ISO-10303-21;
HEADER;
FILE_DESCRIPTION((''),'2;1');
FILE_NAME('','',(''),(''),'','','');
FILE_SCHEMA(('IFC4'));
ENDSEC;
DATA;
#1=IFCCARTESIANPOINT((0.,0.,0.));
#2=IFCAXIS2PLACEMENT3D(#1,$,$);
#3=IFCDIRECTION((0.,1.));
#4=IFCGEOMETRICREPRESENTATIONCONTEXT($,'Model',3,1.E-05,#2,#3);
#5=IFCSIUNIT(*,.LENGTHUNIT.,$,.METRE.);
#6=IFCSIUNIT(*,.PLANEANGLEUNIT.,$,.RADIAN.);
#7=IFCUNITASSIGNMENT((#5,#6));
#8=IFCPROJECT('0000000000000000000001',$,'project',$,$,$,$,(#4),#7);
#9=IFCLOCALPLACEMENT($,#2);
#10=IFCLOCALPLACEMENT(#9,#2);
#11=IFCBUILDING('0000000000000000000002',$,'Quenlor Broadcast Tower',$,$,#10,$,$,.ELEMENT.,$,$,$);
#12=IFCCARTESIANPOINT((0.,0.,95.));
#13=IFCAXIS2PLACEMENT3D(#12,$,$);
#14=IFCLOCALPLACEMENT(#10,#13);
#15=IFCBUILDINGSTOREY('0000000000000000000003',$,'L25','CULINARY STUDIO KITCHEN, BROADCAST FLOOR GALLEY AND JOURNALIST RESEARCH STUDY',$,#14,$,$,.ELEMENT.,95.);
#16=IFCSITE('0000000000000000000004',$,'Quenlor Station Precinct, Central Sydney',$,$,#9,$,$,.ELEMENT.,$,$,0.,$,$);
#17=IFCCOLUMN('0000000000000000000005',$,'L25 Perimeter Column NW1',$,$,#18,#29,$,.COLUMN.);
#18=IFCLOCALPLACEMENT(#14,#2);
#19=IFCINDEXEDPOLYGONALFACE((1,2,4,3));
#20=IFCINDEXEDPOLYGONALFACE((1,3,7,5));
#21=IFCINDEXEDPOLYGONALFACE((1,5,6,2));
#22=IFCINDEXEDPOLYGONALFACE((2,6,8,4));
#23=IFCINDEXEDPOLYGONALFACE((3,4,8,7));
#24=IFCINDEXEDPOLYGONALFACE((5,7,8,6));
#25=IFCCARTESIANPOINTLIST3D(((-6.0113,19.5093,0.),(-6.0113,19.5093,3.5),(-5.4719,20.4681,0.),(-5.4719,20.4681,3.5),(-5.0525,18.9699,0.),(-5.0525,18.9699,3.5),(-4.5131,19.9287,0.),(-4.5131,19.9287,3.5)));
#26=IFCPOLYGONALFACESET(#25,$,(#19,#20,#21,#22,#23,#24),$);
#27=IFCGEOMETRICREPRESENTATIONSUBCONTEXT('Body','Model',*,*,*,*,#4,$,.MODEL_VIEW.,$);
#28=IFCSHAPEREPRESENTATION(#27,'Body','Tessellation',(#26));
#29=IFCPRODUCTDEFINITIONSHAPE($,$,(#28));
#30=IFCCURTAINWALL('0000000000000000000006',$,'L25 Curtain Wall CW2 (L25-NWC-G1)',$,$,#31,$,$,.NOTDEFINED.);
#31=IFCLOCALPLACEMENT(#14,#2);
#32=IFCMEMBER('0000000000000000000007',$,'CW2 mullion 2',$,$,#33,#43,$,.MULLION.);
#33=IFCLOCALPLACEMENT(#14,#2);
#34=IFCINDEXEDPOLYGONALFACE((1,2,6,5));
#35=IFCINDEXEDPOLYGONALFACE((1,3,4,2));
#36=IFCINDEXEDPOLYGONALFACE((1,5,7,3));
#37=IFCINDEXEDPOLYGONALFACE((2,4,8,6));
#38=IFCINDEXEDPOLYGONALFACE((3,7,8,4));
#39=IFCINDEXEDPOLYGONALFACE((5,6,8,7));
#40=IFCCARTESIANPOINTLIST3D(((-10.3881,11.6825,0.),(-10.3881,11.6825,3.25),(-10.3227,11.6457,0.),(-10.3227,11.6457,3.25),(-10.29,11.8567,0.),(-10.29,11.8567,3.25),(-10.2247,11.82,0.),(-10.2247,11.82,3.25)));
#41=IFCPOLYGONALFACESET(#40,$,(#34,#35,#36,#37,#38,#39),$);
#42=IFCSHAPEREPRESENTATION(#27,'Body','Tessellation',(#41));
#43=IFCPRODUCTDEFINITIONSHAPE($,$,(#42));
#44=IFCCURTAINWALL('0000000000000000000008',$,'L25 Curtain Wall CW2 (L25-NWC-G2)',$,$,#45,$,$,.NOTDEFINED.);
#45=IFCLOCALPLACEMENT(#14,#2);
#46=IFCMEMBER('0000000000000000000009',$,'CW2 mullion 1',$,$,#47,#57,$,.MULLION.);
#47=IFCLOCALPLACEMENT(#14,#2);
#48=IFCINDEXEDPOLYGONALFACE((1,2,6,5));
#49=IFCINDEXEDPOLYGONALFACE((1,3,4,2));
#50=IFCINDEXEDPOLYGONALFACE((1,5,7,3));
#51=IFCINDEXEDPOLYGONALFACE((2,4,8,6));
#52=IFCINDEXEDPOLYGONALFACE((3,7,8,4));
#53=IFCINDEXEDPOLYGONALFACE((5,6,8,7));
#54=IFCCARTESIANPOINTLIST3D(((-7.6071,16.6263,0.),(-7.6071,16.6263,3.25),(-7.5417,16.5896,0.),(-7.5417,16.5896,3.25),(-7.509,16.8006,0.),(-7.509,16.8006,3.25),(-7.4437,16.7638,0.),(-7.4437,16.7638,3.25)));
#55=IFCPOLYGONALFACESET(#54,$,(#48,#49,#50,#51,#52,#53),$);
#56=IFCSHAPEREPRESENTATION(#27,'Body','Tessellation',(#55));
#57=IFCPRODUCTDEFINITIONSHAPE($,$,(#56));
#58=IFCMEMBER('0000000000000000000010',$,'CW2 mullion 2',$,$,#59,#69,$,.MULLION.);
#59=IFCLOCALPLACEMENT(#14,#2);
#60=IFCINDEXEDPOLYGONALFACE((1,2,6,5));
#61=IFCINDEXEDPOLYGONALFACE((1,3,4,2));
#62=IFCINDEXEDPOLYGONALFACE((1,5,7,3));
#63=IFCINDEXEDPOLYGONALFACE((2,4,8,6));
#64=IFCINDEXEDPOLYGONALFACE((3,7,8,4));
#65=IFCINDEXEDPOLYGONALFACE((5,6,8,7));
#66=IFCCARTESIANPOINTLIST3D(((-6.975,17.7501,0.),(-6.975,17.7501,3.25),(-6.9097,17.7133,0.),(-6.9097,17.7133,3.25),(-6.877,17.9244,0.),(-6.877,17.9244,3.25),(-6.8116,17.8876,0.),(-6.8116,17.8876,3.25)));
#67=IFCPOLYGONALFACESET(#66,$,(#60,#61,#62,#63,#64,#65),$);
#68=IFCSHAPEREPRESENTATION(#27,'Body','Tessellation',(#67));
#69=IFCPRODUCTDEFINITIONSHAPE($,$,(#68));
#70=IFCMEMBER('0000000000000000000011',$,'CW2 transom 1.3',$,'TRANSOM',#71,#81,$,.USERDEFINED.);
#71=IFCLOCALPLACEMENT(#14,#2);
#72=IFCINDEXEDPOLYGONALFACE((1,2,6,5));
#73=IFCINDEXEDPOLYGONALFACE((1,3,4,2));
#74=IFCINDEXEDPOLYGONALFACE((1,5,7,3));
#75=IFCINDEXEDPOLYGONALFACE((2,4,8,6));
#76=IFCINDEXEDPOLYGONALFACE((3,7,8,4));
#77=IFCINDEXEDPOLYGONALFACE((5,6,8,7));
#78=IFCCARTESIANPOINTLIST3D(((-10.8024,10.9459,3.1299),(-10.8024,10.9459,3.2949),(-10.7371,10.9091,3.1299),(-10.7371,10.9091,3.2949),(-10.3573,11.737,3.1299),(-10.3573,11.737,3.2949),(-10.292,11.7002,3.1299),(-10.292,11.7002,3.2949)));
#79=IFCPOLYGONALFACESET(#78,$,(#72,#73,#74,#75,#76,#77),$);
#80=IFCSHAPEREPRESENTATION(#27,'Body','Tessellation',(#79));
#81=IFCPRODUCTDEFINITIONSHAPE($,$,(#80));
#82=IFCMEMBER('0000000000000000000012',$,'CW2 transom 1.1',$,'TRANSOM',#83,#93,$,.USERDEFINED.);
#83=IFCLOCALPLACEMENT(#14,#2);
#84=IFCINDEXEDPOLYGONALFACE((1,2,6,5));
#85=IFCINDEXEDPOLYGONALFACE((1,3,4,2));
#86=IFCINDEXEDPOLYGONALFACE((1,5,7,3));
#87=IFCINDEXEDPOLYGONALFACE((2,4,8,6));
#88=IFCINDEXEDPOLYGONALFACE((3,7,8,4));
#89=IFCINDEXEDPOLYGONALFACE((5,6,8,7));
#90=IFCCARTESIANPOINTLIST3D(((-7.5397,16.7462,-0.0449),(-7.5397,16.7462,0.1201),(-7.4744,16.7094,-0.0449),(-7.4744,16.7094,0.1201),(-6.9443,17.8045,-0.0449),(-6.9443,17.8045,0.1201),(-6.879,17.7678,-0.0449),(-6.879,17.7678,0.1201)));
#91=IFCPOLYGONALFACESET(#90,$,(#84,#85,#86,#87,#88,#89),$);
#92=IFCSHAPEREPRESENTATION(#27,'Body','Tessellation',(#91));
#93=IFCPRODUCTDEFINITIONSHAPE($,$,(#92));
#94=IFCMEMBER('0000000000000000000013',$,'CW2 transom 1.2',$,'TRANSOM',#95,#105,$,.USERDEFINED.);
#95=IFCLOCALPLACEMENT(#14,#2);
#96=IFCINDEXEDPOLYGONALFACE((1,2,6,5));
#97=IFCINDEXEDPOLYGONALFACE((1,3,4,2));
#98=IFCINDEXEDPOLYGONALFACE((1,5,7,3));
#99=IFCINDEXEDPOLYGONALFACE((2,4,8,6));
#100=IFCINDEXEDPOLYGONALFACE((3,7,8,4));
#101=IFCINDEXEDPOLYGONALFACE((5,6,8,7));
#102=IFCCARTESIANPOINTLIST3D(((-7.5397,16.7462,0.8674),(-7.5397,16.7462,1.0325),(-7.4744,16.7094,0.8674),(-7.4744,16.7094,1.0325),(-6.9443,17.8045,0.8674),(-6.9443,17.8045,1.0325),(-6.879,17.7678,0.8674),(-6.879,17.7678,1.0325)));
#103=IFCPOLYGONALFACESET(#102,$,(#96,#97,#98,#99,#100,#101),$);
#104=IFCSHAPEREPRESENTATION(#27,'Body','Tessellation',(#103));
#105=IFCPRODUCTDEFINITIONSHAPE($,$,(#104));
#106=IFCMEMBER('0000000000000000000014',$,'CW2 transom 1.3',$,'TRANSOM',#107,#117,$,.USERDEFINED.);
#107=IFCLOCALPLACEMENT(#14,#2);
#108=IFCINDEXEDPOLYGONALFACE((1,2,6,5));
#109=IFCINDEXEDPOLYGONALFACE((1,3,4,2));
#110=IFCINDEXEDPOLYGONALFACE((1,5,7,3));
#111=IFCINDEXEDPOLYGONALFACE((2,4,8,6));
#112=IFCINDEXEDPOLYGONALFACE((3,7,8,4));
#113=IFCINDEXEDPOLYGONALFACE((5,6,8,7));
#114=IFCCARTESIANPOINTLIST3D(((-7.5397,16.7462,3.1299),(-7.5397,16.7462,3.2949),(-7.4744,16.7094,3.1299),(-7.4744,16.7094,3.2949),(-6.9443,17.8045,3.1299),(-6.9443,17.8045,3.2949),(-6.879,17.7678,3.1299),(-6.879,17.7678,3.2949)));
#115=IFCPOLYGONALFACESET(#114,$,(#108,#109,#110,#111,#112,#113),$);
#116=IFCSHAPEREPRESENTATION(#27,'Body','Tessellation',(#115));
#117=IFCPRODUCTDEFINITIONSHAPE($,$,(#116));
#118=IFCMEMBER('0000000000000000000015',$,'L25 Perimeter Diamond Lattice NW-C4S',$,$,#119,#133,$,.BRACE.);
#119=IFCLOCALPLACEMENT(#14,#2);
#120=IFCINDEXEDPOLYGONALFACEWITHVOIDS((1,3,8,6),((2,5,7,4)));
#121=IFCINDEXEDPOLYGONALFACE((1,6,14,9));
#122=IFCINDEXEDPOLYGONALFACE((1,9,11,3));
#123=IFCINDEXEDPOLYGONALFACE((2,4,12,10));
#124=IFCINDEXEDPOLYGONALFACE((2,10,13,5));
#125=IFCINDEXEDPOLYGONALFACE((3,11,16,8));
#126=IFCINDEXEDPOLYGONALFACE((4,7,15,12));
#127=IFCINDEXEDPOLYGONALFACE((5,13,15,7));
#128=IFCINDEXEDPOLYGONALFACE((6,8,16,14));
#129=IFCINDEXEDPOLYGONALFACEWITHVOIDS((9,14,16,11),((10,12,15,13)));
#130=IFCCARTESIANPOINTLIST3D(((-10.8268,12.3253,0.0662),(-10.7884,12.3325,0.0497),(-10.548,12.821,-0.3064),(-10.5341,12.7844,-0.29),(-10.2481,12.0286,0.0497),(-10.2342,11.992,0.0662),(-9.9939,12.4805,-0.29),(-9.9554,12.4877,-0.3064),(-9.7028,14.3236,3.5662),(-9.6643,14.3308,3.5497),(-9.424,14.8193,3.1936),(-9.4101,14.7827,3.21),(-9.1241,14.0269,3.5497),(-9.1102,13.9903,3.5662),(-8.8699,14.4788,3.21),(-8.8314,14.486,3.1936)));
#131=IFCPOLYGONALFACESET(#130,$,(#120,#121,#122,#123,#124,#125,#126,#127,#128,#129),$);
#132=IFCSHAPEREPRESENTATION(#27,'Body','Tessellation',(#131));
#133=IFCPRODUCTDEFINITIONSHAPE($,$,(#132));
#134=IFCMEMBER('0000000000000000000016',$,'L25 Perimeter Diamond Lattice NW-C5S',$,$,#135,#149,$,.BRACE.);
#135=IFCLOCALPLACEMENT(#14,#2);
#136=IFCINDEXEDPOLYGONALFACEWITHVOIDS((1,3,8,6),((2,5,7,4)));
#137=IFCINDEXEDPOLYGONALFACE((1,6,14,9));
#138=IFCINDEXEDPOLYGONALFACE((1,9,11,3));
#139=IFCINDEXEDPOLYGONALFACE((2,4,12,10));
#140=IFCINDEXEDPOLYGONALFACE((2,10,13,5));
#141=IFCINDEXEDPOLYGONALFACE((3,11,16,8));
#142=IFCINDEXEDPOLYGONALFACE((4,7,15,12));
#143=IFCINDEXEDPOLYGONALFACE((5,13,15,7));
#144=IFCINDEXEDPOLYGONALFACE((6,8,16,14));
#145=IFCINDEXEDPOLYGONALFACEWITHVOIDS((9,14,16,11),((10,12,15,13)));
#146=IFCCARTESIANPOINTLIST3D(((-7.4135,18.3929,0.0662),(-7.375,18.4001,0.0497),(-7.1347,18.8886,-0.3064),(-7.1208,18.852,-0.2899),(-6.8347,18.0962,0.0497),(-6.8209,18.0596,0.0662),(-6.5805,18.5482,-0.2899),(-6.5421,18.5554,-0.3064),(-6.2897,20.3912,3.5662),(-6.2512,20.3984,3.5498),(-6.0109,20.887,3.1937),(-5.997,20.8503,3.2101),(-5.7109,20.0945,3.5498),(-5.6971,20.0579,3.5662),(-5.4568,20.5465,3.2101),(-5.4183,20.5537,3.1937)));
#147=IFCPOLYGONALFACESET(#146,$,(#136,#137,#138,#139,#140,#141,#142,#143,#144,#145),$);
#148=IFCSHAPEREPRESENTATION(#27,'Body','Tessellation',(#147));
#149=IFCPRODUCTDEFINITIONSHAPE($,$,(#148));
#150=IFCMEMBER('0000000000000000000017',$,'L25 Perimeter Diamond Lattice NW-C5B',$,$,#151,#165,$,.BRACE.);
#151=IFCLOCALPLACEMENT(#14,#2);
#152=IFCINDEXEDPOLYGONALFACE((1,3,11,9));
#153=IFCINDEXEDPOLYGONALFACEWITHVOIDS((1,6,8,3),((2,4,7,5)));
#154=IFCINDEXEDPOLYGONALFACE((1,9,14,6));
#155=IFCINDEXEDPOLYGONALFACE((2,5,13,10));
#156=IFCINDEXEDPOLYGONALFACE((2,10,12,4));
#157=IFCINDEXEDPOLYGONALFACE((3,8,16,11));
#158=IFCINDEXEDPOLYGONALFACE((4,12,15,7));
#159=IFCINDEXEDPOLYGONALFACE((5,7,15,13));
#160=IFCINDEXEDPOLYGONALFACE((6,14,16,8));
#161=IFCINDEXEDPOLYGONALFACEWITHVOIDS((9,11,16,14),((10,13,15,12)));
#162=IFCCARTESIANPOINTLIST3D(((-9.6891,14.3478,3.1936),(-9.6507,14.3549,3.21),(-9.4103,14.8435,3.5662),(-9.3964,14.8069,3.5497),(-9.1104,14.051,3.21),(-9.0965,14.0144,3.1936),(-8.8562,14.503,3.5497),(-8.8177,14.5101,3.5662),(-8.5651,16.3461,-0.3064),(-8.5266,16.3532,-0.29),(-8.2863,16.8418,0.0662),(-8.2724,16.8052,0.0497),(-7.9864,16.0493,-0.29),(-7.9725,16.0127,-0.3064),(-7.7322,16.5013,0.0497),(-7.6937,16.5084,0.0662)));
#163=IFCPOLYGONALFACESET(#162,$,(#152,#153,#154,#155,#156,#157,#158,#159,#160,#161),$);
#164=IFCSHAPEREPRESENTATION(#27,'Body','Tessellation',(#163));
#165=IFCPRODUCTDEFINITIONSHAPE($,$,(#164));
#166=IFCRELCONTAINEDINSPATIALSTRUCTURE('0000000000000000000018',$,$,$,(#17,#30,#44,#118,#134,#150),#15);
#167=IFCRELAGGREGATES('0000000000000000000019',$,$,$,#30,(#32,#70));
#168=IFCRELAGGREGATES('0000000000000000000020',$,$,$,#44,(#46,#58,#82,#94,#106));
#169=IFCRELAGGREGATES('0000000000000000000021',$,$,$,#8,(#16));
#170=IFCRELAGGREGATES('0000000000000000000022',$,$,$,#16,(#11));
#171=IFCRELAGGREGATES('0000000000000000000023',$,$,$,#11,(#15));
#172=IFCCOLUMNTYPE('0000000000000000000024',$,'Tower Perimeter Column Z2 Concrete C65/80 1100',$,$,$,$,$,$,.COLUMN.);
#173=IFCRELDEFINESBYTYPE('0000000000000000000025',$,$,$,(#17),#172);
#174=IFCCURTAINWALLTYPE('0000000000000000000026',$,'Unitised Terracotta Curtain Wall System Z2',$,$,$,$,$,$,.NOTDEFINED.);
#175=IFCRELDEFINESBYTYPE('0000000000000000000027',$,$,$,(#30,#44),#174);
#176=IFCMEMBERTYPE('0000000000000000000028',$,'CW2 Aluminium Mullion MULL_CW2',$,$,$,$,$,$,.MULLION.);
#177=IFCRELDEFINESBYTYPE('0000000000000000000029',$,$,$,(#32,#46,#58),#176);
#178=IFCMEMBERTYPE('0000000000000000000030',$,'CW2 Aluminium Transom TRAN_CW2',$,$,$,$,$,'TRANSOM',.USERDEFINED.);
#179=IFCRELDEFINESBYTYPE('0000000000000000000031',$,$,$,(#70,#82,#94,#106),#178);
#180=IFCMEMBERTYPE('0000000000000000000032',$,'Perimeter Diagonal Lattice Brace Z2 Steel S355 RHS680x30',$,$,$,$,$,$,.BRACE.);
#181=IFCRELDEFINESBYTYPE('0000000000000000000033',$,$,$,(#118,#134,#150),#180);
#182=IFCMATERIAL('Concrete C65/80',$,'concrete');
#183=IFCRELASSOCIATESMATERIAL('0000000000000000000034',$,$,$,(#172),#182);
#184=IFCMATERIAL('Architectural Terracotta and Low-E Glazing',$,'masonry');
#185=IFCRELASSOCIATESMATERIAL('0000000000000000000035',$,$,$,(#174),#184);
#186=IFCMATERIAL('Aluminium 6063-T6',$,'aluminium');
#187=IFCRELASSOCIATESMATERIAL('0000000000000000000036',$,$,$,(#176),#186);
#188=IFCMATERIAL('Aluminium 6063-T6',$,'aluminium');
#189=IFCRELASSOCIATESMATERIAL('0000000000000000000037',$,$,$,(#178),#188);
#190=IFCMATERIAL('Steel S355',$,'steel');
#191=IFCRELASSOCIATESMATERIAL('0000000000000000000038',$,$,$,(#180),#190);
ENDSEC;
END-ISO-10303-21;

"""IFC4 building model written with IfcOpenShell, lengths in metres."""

from ifc_helpers import new_model, si_unit, direction, frame, origin, origin_2d, place, context, subcontext, project, spatial, rectangle, hollow_rectangle, extrude, material, material_profile, profile_set, type_object, element, aggregate, save


model = new_model("IFC4")

# Units and contexts
model_context = context("Model", 3, precision=1e-05, world=origin(), true_north=direction((0.0, 1.0)))
body_context = subcontext(model_context, "Body", "Model", "MODEL_VIEW")
ifc_project = project(units=[si_unit("LENGTHUNIT", "METRE"), si_unit("PLANEANGLEUNIT", "RADIAN")], contexts=[model_context])

# Site, building, storey
site_placement = place(None, origin())
site = spatial("IfcSite", under=ifc_project, at=site_placement, Name="Quenlor Station Precinct, Central Sydney", CompositionType="ELEMENT", RefElevation=0.0)
building_placement = place(site_placement, origin())
building = spatial("IfcBuilding", under=site, at=building_placement, Name="Quenlor Broadcast Tower", CompositionType="ELEMENT")
storey_placement = place(building_placement, frame((0.0, 0.0, 95.0)))
storey = spatial("IfcBuildingStorey", under=building, at=storey_placement, Name="L25", Description="CULINARY STUDIO KITCHEN, BROADCAST FLOOR GALLEY AND JOURNALIST RESEARCH STUDY", CompositionType="ELEMENT", Elevation=95.0)

# Column
ifc_material_1 = material(Name="Concrete C65/80", Category="concrete")
ifc_material_profile_1 = material_profile(ifc_material_1, rectangle(XDim=1.1001, YDim=1.1001, at=origin_2d()))
ifc_profile_set_1 = profile_set([ifc_material_profile_1], Name="Concrete C65/80 RC1100x1100")
column_type = type_object("IfcColumnType", Name="Tower Perimeter Column Z2 Concrete C65/80 1100", PredefinedType="COLUMN", material=ifc_profile_set_1)
column_placement = place(storey_placement, frame((-5.2622, 19.719, 0.0), z_axis=(0.0, 0.0, 1.0), x_axis=(-0.871575, 0.490262, 0.0)))
element("IfcColumn", 1, at=column_placement, inside=storey, type_object=column_type, Name="L25 Perimeter Column NW1", PredefinedType="COLUMN", context=body_context, shape_type="SweptSolid", body=[
    extrude(rectangle(XDim=1.1001, YDim=1.1001, at=origin_2d()), origin(), (0.0, 0.0, 1.0), 3.5),
])

# Curtain wall, member
ifc_material_2 = material(Name="Architectural Terracotta and Low-E Glazing", Category="masonry")
curtain_wall_type = type_object("IfcCurtainWallType", Name="Unitised Terracotta Curtain Wall System Z2", PredefinedType="NOTDEFINED", material=ifc_material_2)
curtain_wall_1_placement = place(storey_placement, origin())
curtain_wall_1 = element("IfcCurtainWall", 2, at=curtain_wall_1_placement, inside=storey, type_object=curtain_wall_type, Name="L25 Curtain Wall CW2 (L25-NWC-G1)", PredefinedType="NOTDEFINED")
ifc_material_3 = material(Name="Aluminium 6063-T6", Category="aluminium")
ifc_material_profile_2 = material_profile(ifc_material_3, rectangle(XDim=0.075, YDim=0.2, at=origin_2d()))
ifc_profile_set_2 = profile_set([ifc_material_profile_2], Name="Aluminium 6063-T6 MULL75x200")
member_type_1 = type_object("IfcMemberType", Name="CW2 Aluminium Mullion MULL_CW2", PredefinedType="MULLION", material=ifc_profile_set_2)
member_1_placement = place(storey_placement, frame((-10.3064, 11.7512, 0.0), z_axis=(0.0, 0.0, 1.0), x_axis=(-0.871581, 0.490252, 0.0)))
member_1 = element("IfcMember", 3, at=member_1_placement, type_object=member_type_1, Name="CW2 mullion 2", PredefinedType="MULLION", context=body_context, shape_type="SweptSolid", body=[
    extrude(rectangle(XDim=0.075, YDim=0.2, at=origin_2d()), origin(), (0.0, 0.0, 1.0), 3.25),
])

# Curtain wall, members
curtain_wall_2_placement = place(storey_placement, origin())
curtain_wall_2 = element("IfcCurtainWall", 4, at=curtain_wall_2_placement, inside=storey, type_object=curtain_wall_type, Name="L25 Curtain Wall CW2 (L25-NWC-G2)", PredefinedType="NOTDEFINED")
member_2_placement = place(storey_placement, frame((-7.5254, 16.6951, 0.0), z_axis=(0.0, 0.0, 1.0), x_axis=(-0.871583, 0.490247, 0.0)))
member_2 = element("IfcMember", 5, at=member_2_placement, type_object=member_type_1, Name="CW2 mullion 1", PredefinedType="MULLION", context=body_context, shape_type="SweptSolid", body=[
    extrude(rectangle(XDim=0.075, YDim=0.2, at=origin_2d()), origin(), (0.0, 0.0, 1.0), 3.25),
])
member_3_placement = place(storey_placement, frame((-6.8933, 17.8188, 0.0), z_axis=(0.0, 0.0, 1.0), x_axis=(-0.871583, 0.490247, 0.0)))
member_3 = element("IfcMember", 6, at=member_3_placement, type_object=member_type_1, Name="CW2 mullion 2", PredefinedType="MULLION", context=body_context, shape_type="SweptSolid", body=[
    extrude(rectangle(XDim=0.075, YDim=0.2, at=origin_2d()), origin(), (0.0, 0.0, 1.0), 3.25),
])

# Members
ifc_material_4 = material(Name="Aluminium 6063-T6", Category="aluminium")
ifc_material_profile_3 = material_profile(ifc_material_4, rectangle(XDim=0.075, YDim=0.165, at=origin_2d()))
ifc_profile_set_3 = profile_set([ifc_material_profile_3], Name="Aluminium 6063-T6 TRAN75x165")
member_type_2 = type_object("IfcMemberType", Name="CW2 Aluminium Transom TRAN_CW2", ElementType="TRANSOM", PredefinedType="USERDEFINED", material=ifc_profile_set_3)
member_4_placement = place(storey_placement, frame((-10.7698, 10.9275, 3.2124), z_axis=(0.490363, 0.871518, 0.0), x_axis=(-0.871518, 0.490363, 0.0)))
member_4 = element("IfcMember", 7, at=member_4_placement, type_object=member_type_2, Name="CW2 transom 1.3", ObjectType="TRANSOM", PredefinedType="USERDEFINED", context=body_context, shape_type="SweptSolid", body=[
    extrude(rectangle(XDim=0.075, YDim=0.165, at=origin_2d()), origin(), (0.0, 0.0, 1.0), 0.9077),
])
member_5_placement = place(storey_placement, frame((-7.5071, 16.7278, 0.0376), z_axis=(0.490347, 0.871527, 0.0), x_axis=(-0.871527, 0.490347, 0.0)))
member_5 = element("IfcMember", 8, at=member_5_placement, type_object=member_type_2, Name="CW2 transom 1.1", ObjectType="TRANSOM", PredefinedType="USERDEFINED", context=body_context, shape_type="SweptSolid", body=[
    extrude(rectangle(XDim=0.075, YDim=0.165, at=origin_2d()), origin(), (0.0, 0.0, 1.0), 1.2144),
])
member_6_placement = place(storey_placement, frame((-7.5071, 16.7278, 0.95), z_axis=(0.490347, 0.871527, 0.0), x_axis=(-0.871527, 0.490347, 0.0)))
member_6 = element("IfcMember", 9, at=member_6_placement, type_object=member_type_2, Name="CW2 transom 1.2", ObjectType="TRANSOM", PredefinedType="USERDEFINED", context=body_context, shape_type="SweptSolid", body=[
    extrude(rectangle(XDim=0.075, YDim=0.165, at=origin_2d()), origin(), (0.0, 0.0, 1.0), 1.2144),
])
member_7_placement = place(storey_placement, frame((-7.5071, 16.7278, 3.2124), z_axis=(0.490347, 0.871527, 0.0), x_axis=(-0.871527, 0.490347, 0.0)))
member_7 = element("IfcMember", 10, at=member_7_placement, type_object=member_type_2, Name="CW2 transom 1.3", ObjectType="TRANSOM", PredefinedType="USERDEFINED", context=body_context, shape_type="SweptSolid", body=[
    extrude(rectangle(XDim=0.075, YDim=0.165, at=origin_2d()), origin(), (0.0, 0.0, 1.0), 1.2144),
])

# Members
ifc_material_5 = material(Name="Steel S355", Category="steel")
ifc_material_profile_4 = material_profile(ifc_material_5, hollow_rectangle(XDim=0.6799, YDim=0.6799, WallThickness=0.03, at=origin_2d()))
ifc_profile_set_4 = profile_set([ifc_material_profile_4], Name="Steel S355 RHS680x680x30")
member_type_3 = type_object("IfcMemberType", Name="Perimeter Diagonal Lattice Brace Z2 Steel S355 RHS680x30", PredefinedType="BRACE", material=ifc_profile_set_4)
for number, where, z_axis, x_axis, name in (
    (11, (-10.3911, 12.4065, -0.1201), (0.268642, 0.477593, 0.836502), (-0.871578, 0.490256, 0.0), "L25 Perimeter Diamond Lattice NW-C4S"),
    (12, (-6.9778, 18.4741, -0.1201), (0.268588, 0.4776, 0.836516), (-0.871624, 0.490175, 0.0), "L25 Perimeter Diamond Lattice NW-C5S"),
    (13, (-8.1294, 16.4272, -0.1201), (-0.268642, -0.477593, 0.836502), (0.871578, -0.490256, 0.0), "L25 Perimeter Diamond Lattice NW-C5B"),
):
    element("IfcMember", number, at=place(storey_placement, frame(where, z_axis=z_axis, x_axis=x_axis)), inside=storey, type_object=member_type_3, Name=name, PredefinedType="BRACE", context=body_context, shape_type="SweptSolid", body=[
        extrude(hollow_rectangle(XDim=0.6799, YDim=0.6799, WallThickness=0.03, at=origin_2d()), origin(), (0.0, 0.0, 1.0), 4.1841),
    ])

aggregate(curtain_wall_1, [member_1, member_4])
aggregate(curtain_wall_2, [member_2, member_3, member_5, member_6, member_7])

save(model, "model.ifc")
